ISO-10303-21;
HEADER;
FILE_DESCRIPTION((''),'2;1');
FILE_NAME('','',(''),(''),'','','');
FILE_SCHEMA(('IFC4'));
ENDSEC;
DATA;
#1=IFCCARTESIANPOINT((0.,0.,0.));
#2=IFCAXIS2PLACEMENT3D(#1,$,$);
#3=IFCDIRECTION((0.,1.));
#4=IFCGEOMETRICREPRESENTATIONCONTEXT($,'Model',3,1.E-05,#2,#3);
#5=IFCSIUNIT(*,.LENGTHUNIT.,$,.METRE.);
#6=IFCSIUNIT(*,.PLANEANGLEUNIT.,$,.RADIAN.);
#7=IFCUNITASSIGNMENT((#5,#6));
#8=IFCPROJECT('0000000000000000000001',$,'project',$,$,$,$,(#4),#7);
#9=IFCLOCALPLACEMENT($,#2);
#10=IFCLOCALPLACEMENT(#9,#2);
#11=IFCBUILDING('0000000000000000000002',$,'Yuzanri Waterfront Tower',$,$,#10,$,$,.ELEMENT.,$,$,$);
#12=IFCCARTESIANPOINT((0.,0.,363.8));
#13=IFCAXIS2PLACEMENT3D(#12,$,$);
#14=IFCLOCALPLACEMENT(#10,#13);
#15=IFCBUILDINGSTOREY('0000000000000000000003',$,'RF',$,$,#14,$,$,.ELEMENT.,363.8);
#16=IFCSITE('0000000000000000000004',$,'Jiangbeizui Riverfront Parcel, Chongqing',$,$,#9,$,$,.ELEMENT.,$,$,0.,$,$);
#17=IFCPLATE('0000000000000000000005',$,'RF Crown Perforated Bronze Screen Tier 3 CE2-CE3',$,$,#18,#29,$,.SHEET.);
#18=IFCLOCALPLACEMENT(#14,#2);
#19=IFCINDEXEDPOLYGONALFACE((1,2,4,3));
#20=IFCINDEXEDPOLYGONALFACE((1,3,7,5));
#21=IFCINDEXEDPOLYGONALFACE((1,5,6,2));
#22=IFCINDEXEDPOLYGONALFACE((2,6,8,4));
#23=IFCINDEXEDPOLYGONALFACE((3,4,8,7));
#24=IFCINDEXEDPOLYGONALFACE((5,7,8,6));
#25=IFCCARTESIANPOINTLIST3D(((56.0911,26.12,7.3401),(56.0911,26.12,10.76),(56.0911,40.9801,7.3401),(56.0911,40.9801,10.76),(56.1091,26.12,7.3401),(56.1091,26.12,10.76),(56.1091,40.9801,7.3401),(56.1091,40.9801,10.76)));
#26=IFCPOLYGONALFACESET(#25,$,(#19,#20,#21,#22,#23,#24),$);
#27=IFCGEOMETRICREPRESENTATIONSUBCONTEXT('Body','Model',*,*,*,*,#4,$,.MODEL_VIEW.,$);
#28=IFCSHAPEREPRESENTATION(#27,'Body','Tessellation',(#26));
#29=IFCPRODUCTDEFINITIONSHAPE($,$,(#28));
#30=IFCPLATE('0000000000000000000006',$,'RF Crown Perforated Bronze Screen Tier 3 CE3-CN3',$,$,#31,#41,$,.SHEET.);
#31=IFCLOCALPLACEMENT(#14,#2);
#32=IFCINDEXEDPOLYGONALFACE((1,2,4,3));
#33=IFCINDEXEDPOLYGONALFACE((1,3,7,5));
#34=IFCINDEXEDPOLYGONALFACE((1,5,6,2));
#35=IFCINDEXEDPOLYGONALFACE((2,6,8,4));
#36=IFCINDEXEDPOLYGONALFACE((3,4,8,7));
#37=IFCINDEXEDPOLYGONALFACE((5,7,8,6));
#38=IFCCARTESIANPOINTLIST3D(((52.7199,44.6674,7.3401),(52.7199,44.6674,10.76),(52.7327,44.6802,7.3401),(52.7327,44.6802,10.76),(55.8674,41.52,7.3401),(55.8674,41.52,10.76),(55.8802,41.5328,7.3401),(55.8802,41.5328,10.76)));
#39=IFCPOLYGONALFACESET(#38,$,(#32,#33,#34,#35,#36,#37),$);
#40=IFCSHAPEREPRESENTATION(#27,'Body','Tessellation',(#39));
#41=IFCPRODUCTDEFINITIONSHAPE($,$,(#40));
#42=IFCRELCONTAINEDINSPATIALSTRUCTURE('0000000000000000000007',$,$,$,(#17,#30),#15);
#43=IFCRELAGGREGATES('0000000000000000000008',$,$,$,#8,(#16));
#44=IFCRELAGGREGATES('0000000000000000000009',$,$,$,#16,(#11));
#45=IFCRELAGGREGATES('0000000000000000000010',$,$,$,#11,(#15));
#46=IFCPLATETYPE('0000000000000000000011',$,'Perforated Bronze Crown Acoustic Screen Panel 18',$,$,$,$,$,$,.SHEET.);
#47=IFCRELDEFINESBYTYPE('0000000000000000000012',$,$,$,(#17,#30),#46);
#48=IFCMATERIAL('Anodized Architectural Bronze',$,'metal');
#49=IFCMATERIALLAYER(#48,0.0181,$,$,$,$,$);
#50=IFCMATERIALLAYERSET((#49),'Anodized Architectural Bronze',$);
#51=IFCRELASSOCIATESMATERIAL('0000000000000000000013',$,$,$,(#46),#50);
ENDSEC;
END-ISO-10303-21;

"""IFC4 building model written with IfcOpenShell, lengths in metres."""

from ifc_helpers import new_model, si_unit, direction, frame, origin, origin_2d, place, context, subcontext, project, spatial, rectangle, extrude, source, transform, mapped, material, layer, layer_set, type_object, element, save


model = new_model("IFC4")

# Units and contexts
model_context = context("Model", 3, precision=1e-05, world=origin(), true_north=direction((0.0, 1.0)))
body_context = subcontext(model_context, "Body", "Model", "MODEL_VIEW")
ifc_project = project(units=[si_unit("LENGTHUNIT", "METRE"), si_unit("PLANEANGLEUNIT", "RADIAN")], contexts=[model_context])

# Site, building, storey
site_placement = place(None, origin())
site = spatial("IfcSite", under=ifc_project, at=site_placement, Name="Jiangbeizui Riverfront Parcel, Chongqing", CompositionType="ELEMENT", RefElevation=0.0)
building_placement = place(site_placement, origin())
building = spatial("IfcBuilding", under=site, at=building_placement, Name="Yuzanri Waterfront Tower", CompositionType="ELEMENT")
storey_placement = place(building_placement, frame((0.0, 0.0, 363.8)))
storey = spatial("IfcBuildingStorey", under=building, at=storey_placement, Name="RF", CompositionType="ELEMENT", Elevation=363.8)

# Plates
ifc_material_1 = material(Name="Anodized Architectural Bronze", Category="metal")
ifc_layer_1 = layer(ifc_material_1, 0.0181)
ifc_layer_set_1 = layer_set([ifc_layer_1], Name="Anodized Architectural Bronze")
plate_type_1 = type_object("IfcPlateType", Name="Perforated Bronze Crown Acoustic Screen Panel 18", PredefinedType="SHEET", material=ifc_layer_set_1)
shared_shape_1 = source(origin(), body_context, "Body", "SweptSolid", [
    extrude(rectangle(XDim=14.8601, YDim=0.0181, at=origin_2d()), origin(), (0.0, 0.0, 1.0), 3.4199),
])
plate_1_placement = place(storey_placement, frame((56.1001, 33.55, 7.3401), z_axis=(0.0, 0.0, 1.0), x_axis=(0.0, 1.0, 0.0)))
element("IfcPlate", 1, at=plate_1_placement, inside=storey, type_object=plate_type_1, Name="RF Crown Perforated Bronze Screen Tier 3 CE2-CE3", PredefinedType="SHEET", context=body_context, shape_type="MappedRepresentation", body=[
    mapped(shared_shape_1, transform((0.0, 0.0, 0.0), scale=1.0)),
])
shared_shape_2 = source(origin(), body_context, "Body", "SweptSolid", [
    extrude(rectangle(XDim=4.4512, YDim=0.0181, at=origin_2d()), origin(), (0.0, 0.0, 1.0), 3.4199),
])
plate_2_placement = place(storey_placement, frame((54.3, 43.1001, 7.3401), z_axis=(0.0, 0.0, 1.0), x_axis=(-0.707107, 0.707107, 0.0)))
element("IfcPlate", 2, at=plate_2_placement, inside=storey, type_object=plate_type_1, Name="RF Crown Perforated Bronze Screen Tier 3 CE3-CN3", PredefinedType="SHEET", context=body_context, shape_type="MappedRepresentation", body=[
    mapped(shared_shape_2, transform((0.0, 0.0, 0.0), scale=1.0)),
])

save(model, "model.ifc")
